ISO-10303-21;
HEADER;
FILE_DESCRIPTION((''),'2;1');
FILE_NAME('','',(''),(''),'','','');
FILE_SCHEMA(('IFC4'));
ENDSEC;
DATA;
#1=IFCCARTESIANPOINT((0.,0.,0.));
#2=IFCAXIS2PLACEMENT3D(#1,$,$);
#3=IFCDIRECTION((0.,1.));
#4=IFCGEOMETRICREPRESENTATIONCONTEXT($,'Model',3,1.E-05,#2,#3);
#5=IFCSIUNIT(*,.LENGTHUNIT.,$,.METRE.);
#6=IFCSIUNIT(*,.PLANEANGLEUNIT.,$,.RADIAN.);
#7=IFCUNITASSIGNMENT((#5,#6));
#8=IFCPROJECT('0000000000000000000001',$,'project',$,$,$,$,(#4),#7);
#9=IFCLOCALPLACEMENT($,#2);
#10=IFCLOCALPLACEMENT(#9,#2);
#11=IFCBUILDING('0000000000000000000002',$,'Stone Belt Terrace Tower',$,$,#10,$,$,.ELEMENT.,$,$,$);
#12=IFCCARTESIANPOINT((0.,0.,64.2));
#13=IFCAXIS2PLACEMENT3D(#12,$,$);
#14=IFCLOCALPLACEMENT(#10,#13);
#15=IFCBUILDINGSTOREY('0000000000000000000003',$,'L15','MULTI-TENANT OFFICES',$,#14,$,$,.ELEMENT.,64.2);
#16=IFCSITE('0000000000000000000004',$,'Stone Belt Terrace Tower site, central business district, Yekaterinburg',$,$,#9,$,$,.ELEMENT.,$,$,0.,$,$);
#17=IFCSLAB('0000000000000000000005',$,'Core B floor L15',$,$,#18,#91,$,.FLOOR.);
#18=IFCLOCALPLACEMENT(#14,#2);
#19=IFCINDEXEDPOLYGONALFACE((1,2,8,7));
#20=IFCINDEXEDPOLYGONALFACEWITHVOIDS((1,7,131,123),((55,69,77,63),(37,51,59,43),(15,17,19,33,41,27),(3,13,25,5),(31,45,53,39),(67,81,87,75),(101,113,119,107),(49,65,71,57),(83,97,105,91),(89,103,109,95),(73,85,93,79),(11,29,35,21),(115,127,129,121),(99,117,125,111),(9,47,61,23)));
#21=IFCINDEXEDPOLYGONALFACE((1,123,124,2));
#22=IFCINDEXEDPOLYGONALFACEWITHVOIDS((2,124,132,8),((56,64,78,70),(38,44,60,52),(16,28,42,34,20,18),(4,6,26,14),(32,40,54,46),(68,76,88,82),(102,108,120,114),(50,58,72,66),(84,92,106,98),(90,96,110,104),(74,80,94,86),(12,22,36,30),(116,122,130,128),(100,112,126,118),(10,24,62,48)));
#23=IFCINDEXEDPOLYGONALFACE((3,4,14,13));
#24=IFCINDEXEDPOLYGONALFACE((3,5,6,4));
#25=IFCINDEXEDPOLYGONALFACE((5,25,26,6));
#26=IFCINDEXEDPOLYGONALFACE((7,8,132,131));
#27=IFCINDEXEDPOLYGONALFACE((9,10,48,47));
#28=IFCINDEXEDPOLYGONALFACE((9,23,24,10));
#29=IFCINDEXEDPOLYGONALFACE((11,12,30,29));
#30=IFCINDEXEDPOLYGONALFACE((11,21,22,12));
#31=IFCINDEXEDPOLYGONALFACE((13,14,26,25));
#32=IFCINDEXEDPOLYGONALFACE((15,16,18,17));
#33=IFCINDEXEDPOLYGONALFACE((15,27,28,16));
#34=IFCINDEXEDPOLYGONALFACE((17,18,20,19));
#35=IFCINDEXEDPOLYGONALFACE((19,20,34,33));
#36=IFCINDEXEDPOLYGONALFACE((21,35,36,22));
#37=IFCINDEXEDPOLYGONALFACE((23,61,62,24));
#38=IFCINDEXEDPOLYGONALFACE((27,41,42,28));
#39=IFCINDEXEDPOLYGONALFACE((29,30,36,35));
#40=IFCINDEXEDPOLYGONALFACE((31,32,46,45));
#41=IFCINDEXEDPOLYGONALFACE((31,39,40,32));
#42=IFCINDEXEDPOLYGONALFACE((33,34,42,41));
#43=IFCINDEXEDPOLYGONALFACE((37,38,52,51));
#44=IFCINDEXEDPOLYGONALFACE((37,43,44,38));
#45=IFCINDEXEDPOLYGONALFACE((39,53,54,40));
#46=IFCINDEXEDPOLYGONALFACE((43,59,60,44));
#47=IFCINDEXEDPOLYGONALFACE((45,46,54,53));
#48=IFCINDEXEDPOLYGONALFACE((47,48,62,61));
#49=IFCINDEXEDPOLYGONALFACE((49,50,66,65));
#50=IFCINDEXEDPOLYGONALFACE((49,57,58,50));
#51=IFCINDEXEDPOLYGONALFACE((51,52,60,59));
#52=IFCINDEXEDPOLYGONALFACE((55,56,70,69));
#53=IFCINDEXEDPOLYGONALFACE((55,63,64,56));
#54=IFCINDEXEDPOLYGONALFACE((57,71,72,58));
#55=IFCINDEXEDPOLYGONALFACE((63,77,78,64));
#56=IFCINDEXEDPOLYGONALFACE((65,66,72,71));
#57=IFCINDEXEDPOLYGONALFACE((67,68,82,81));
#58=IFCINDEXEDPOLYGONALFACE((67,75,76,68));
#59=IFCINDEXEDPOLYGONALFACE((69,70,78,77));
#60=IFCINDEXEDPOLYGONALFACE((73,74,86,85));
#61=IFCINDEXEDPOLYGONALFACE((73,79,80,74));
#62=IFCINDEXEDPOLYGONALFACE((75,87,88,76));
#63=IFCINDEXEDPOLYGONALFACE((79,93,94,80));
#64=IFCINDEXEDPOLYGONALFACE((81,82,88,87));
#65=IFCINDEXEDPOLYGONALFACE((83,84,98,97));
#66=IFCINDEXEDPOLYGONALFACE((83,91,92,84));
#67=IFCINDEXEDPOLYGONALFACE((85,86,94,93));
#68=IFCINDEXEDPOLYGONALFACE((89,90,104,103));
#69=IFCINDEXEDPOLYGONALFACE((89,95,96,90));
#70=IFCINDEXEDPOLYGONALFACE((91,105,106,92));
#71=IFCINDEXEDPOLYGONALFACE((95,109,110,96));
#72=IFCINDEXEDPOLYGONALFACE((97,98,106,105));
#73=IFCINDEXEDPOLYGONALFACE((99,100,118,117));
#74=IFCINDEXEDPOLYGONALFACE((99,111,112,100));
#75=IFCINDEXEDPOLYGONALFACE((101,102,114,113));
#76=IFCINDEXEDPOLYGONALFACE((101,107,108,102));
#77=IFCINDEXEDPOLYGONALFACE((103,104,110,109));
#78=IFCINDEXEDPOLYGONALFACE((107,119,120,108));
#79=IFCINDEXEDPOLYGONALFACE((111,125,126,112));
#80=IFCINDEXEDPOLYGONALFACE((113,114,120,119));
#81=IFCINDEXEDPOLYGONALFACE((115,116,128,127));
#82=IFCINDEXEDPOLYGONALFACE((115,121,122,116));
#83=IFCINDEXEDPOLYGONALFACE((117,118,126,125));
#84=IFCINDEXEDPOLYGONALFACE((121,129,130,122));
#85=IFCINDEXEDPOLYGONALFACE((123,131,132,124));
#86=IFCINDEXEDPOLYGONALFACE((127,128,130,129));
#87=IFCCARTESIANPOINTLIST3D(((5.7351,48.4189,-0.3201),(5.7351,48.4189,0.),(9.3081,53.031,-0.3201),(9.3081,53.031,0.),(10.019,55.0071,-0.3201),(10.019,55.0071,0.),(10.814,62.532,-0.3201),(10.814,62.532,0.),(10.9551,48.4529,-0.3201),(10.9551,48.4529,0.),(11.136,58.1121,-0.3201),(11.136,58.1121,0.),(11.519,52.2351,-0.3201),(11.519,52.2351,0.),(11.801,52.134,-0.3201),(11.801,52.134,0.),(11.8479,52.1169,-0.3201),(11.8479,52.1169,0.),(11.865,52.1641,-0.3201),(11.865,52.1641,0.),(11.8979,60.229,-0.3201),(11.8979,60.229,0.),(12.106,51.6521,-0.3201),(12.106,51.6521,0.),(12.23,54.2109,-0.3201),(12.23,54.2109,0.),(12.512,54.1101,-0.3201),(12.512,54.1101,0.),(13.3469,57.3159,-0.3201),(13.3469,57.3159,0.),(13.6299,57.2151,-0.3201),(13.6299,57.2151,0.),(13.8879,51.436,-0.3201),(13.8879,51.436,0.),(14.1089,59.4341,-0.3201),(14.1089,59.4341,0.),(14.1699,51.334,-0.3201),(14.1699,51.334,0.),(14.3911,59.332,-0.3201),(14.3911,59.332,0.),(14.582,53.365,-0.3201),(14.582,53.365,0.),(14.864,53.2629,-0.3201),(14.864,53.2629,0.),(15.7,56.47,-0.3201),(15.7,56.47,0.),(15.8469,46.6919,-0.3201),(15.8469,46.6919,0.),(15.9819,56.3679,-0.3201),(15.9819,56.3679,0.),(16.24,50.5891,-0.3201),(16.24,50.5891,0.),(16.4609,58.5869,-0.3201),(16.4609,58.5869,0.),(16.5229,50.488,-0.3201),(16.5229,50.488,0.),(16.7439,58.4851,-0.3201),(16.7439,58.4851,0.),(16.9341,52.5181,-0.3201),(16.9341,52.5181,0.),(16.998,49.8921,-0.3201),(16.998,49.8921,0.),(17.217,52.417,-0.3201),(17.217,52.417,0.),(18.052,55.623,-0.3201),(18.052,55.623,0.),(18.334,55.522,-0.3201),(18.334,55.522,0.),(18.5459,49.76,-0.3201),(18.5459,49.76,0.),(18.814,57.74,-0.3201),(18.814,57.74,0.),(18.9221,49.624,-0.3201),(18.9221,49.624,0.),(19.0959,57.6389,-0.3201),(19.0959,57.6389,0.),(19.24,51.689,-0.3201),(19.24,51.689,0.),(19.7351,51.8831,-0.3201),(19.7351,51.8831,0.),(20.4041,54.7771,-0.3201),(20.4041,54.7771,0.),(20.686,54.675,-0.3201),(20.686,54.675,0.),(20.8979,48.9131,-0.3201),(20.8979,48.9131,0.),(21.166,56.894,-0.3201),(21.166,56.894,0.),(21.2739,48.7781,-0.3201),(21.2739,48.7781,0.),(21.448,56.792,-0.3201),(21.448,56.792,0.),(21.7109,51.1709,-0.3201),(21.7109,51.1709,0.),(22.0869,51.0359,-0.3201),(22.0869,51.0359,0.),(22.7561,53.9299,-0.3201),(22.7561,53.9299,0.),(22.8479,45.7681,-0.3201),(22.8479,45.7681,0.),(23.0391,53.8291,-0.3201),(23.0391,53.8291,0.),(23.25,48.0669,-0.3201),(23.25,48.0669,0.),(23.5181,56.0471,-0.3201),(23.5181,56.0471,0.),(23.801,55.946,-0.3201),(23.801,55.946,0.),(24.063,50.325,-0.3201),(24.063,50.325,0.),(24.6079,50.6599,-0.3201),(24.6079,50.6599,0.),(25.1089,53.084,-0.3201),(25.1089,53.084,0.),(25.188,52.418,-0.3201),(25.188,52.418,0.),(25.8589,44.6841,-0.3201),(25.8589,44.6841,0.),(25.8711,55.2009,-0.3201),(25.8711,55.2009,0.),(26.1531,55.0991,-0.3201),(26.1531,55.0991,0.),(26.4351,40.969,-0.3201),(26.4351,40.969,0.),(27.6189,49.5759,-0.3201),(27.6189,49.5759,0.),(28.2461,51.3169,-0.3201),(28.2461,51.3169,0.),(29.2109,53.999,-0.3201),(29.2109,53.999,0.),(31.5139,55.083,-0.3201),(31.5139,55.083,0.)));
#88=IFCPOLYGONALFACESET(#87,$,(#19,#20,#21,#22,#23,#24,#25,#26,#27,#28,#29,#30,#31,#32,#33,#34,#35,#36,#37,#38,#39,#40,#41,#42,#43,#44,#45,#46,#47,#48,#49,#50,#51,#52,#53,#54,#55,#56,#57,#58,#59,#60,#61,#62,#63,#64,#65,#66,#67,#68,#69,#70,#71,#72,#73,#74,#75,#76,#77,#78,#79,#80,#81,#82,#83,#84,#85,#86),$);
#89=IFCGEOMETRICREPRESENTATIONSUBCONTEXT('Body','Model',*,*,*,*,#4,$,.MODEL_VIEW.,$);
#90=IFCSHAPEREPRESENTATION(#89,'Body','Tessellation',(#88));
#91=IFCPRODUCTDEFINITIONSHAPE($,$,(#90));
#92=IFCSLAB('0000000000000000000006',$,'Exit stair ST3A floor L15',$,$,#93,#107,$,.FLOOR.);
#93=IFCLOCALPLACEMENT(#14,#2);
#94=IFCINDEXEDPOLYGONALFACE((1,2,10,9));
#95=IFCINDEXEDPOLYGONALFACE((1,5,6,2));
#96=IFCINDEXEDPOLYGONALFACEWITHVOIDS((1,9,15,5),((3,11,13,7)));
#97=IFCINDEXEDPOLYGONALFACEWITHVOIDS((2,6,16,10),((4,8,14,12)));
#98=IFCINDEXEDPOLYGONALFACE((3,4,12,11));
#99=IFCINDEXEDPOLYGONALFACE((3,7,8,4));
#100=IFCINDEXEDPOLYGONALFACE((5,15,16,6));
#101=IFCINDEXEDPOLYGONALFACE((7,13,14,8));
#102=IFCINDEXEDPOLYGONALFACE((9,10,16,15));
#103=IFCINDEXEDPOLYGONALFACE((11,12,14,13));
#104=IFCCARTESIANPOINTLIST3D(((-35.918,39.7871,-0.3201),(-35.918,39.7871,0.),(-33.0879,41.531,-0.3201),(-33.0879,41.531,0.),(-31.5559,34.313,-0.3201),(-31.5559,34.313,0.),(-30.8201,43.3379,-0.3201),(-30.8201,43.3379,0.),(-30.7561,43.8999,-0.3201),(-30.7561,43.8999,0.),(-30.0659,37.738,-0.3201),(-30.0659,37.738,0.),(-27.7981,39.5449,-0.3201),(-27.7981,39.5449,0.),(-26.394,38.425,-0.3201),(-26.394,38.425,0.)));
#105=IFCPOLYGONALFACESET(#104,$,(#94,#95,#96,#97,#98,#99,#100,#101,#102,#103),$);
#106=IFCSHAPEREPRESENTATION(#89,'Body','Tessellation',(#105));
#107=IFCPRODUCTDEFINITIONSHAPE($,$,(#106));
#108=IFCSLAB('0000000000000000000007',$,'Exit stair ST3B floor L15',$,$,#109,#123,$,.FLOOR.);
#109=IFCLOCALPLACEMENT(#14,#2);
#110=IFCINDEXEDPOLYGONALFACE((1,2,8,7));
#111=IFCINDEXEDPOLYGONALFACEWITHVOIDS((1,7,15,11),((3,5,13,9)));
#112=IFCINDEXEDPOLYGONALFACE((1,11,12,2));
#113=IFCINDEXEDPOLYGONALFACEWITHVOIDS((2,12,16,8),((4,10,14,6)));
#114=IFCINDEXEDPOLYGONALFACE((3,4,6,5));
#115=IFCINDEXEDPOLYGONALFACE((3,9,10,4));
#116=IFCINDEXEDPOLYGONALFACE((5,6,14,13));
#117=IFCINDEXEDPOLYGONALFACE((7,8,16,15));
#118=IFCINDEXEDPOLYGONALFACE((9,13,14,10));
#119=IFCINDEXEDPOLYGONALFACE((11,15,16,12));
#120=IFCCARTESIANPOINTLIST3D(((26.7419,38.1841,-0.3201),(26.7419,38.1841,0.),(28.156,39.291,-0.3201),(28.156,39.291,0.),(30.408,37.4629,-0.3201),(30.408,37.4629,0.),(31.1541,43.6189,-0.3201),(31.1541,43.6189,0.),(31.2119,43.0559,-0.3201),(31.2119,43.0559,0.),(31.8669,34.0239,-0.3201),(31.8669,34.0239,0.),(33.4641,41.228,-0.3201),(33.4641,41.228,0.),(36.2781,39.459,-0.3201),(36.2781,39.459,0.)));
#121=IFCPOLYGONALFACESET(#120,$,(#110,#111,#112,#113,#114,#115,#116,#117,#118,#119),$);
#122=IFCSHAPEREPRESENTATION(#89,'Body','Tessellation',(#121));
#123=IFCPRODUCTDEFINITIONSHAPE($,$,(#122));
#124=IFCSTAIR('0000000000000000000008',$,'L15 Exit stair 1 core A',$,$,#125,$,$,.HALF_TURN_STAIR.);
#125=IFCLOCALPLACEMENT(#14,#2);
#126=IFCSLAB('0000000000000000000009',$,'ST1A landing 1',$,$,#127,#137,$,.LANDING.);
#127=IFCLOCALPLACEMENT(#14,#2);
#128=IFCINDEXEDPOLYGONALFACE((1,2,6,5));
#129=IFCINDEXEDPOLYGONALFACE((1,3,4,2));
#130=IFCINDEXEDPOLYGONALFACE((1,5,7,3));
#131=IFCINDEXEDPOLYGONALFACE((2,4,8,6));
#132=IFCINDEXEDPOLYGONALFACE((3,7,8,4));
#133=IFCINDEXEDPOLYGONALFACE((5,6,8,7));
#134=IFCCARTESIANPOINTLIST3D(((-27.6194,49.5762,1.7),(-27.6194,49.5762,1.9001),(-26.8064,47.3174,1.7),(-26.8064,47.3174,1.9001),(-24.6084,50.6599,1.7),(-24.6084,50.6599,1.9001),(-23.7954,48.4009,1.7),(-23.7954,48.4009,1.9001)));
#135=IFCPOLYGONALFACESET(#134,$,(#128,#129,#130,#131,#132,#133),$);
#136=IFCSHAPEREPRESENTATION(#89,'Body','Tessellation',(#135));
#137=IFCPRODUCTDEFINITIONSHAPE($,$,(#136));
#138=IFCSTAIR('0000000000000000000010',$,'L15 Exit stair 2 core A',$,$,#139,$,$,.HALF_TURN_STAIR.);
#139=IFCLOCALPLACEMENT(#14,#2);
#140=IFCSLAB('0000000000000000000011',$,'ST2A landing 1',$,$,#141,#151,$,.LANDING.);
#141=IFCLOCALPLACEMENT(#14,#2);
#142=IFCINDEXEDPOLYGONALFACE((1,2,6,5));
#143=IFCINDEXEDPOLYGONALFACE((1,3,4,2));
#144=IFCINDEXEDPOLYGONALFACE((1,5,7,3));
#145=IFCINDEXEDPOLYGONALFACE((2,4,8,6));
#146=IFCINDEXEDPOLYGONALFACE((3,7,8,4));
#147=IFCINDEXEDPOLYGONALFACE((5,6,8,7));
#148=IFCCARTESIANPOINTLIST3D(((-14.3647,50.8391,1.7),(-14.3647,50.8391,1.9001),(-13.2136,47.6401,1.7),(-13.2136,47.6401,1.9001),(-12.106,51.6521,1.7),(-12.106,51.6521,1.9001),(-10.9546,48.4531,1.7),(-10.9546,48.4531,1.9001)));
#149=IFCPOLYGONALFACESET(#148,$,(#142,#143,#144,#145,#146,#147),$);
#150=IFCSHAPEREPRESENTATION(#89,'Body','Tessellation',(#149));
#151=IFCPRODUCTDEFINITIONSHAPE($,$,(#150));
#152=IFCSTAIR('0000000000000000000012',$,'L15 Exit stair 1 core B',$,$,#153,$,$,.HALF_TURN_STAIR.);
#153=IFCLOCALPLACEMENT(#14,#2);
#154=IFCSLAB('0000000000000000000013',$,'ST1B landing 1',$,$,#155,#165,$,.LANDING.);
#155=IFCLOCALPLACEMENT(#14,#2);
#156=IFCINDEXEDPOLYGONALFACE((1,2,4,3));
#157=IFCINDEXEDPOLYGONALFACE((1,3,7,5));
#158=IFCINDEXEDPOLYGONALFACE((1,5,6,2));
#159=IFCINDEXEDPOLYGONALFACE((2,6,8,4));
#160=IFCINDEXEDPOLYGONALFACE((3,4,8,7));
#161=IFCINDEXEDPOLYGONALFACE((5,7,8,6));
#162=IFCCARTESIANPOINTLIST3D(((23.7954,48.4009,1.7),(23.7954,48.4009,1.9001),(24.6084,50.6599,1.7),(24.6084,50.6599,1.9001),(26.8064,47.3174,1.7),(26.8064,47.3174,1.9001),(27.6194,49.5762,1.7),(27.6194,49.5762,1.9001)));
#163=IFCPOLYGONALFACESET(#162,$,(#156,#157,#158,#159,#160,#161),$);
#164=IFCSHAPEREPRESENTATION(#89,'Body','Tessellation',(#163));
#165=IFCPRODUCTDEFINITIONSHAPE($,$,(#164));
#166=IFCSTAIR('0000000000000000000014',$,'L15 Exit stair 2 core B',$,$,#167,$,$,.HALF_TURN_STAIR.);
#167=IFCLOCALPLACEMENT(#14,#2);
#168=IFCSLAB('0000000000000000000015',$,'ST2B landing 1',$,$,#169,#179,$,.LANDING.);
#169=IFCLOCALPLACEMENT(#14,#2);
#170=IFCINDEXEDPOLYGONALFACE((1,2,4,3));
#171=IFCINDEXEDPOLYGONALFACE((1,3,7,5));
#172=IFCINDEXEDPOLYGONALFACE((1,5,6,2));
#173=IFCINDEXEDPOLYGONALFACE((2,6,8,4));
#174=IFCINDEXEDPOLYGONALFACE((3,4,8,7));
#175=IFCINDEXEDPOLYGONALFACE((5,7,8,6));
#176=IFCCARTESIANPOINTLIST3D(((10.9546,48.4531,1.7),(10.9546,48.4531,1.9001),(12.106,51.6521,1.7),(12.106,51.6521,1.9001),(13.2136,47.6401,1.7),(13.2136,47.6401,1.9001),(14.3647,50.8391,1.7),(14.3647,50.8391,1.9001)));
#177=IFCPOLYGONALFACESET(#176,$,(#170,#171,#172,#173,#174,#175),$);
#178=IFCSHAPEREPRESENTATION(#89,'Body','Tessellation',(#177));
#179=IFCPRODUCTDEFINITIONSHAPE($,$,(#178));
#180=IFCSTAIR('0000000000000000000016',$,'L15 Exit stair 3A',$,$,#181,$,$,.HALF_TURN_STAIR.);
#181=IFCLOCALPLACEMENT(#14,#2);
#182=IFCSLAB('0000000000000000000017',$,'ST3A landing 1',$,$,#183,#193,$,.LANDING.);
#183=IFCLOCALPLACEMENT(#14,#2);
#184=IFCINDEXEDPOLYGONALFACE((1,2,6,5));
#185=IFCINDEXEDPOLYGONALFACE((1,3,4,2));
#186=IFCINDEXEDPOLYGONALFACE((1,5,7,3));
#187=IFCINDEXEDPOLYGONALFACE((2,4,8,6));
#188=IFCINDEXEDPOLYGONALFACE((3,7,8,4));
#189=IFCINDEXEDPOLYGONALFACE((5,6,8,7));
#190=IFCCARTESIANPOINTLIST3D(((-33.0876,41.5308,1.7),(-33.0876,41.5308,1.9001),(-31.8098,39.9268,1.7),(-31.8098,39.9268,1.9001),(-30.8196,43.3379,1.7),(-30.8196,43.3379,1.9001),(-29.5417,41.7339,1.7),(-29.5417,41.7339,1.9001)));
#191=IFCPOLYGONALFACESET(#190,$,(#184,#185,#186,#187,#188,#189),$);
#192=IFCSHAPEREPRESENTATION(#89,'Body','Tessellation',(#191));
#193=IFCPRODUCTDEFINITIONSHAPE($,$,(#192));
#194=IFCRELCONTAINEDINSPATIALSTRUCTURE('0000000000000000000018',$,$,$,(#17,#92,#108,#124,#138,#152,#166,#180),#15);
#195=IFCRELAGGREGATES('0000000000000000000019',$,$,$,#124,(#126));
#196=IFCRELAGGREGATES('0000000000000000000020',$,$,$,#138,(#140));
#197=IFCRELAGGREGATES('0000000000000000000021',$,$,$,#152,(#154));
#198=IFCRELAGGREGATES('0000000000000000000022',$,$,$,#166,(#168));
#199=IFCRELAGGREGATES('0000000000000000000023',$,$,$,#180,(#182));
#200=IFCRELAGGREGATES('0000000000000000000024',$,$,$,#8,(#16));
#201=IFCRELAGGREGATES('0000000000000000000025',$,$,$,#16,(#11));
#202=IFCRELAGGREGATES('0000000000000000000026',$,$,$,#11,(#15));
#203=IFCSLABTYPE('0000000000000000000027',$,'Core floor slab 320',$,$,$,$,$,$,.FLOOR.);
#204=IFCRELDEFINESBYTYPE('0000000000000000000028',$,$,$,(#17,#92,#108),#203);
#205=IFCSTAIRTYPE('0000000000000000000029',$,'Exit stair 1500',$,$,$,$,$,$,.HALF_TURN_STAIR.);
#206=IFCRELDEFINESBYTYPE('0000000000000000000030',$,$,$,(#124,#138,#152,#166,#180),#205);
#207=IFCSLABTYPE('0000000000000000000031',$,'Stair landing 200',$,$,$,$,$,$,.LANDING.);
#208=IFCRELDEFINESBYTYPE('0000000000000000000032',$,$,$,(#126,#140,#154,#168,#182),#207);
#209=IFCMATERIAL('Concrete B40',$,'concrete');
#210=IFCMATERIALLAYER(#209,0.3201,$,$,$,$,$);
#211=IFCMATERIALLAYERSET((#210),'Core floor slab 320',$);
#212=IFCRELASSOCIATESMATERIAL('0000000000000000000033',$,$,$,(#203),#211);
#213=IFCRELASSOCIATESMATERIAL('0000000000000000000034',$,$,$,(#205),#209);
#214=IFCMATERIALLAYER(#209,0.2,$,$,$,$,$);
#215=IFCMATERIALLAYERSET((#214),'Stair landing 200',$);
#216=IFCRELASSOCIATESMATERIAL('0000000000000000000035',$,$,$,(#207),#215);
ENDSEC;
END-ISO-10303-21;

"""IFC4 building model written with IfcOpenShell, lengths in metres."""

from ifc_helpers import new_model, si_unit, direction, frame, origin, place, context, subcontext, project, spatial, polyline, outline, extrude, material, layer, layer_set, type_object, element, aggregate, save


model = new_model("IFC4")

# Units and contexts
model_context = context("Model", 3, precision=1e-05, world=origin(), true_north=direction((0.0, 1.0)))
body_context = subcontext(model_context, "Body", "Model", "MODEL_VIEW")
ifc_project = project(units=[si_unit("LENGTHUNIT", "METRE"), si_unit("PLANEANGLEUNIT", "RADIAN")], contexts=[model_context])

# Site, building, storey
site_placement = place(None, origin())
site = spatial("IfcSite", under=ifc_project, at=site_placement, Name="Stone Belt Terrace Tower site, central business district, Yekaterinburg", CompositionType="ELEMENT", RefElevation=0.0)
building_placement = place(site_placement, origin())
building = spatial("IfcBuilding", under=site, at=building_placement, Name="Stone Belt Terrace Tower", CompositionType="ELEMENT")
storey_placement = place(building_placement, frame((0.0, 0.0, 64.2)))
storey = spatial("IfcBuildingStorey", under=building, at=storey_placement, Name="L15", Description="MULTI-TENANT OFFICES", CompositionType="ELEMENT", Elevation=64.2)

# Slabs
ifc_material_1 = material(Name="Concrete B40", Category="concrete")
ifc_layer_1 = layer(ifc_material_1, 0.3201)
ifc_layer_set_1 = layer_set([ifc_layer_1], Name="Core floor slab 320")
slab_type_1 = type_object("IfcSlabType", Name="Core floor slab 320", PredefinedType="FLOOR", material=ifc_layer_set_1)
slab_1_placement = place(storey_placement, frame((0.0, 0.0, -0.3201)))
element("IfcSlab", 1, at=slab_1_placement, inside=storey, type_object=slab_type_1, Name="Core B floor L15", PredefinedType="FLOOR", context=body_context, shape_type="SweptSolid", body=[
    extrude(outline(polyline([(26.4351, 40.969), (31.5139, 55.083), (10.814, 62.532), (5.7351, 48.4189), (26.4351, 40.969)]), holes=[polyline([(12.106, 51.6521), (16.998, 49.8921), (15.8469, 46.6919), (10.9551, 48.4529), (12.106, 51.6521)]), polyline([(19.24, 51.689), (18.5459, 49.76), (16.5229, 50.488), (17.217, 52.417), (19.24, 51.689)]), polyline([(16.24, 50.5891), (14.1699, 51.334), (14.864, 53.2629), (16.9341, 52.5181), (16.24, 50.5891)]), polyline([(14.582, 53.365), (13.8879, 51.436), (11.865, 52.1641), (11.8479, 52.1169), (11.801, 52.134), (12.512, 54.1101), (14.582, 53.365)]), polyline([(9.3081, 53.031), (10.019, 55.0071), (12.23, 54.2109), (11.519, 52.2351), (9.3081, 53.031)]), polyline([(16.7439, 58.4851), (18.814, 57.74), (18.052, 55.623), (15.9819, 56.3679), (16.7439, 58.4851)]), polyline([(14.3911, 59.332), (16.4609, 58.5869), (15.7, 56.47), (13.6299, 57.2151), (14.3911, 59.332)]), polyline([(11.8979, 60.229), (14.1089, 59.4341), (13.3469, 57.3159), (11.136, 58.1121), (11.8979, 60.229)]), polyline([(25.8589, 44.6841), (22.8479, 45.7681), (24.6079, 50.6599), (27.6189, 49.5759), (25.8589, 44.6841)]), polyline([(21.2739, 48.7781), (22.0869, 51.0359), (24.063, 50.325), (23.25, 48.0669), (21.2739, 48.7781)]), polyline([(18.9221, 49.624), (19.7351, 51.8831), (21.7109, 51.1709), (20.8979, 48.9131), (18.9221, 49.624)]), polyline([(29.2109, 53.999), (28.2461, 51.3169), (25.188, 52.418), (26.1531, 55.0991), (29.2109, 53.999)]), polyline([(23.801, 55.946), (25.8711, 55.2009), (25.1089, 53.084), (23.0391, 53.8291), (23.801, 55.946)]), polyline([(21.448, 56.792), (23.5181, 56.0471), (22.7561, 53.9299), (20.686, 54.675), (21.448, 56.792)]), polyline([(19.0959, 57.6389), (21.166, 56.894), (20.4041, 54.7771), (18.334, 55.522), (19.0959, 57.6389)])]), origin(), (0.0, 0.0, 1.0), 0.3201),
])
slab_2_placement = place(storey_placement, frame((0.0, 0.0, -0.3201)))
element("IfcSlab", 2, at=slab_2_placement, inside=storey, type_object=slab_type_1, Name="Exit stair ST3A floor L15", PredefinedType="FLOOR", context=body_context, shape_type="SweptSolid", body=[
    extrude(outline(polyline([(-26.394, 38.425), (-30.7561, 43.8999), (-35.918, 39.7871), (-31.5559, 34.313), (-26.394, 38.425)]), holes=[polyline([(-27.7981, 39.5449), (-30.0659, 37.738), (-33.0879, 41.531), (-30.8201, 43.3379), (-27.7981, 39.5449)])]), origin(), (0.0, 0.0, 1.0), 0.3201),
])
slab_3_placement = place(storey_placement, frame((0.0, 0.0, -0.3201)))
element("IfcSlab", 3, at=slab_3_placement, inside=storey, type_object=slab_type_1, Name="Exit stair ST3B floor L15", PredefinedType="FLOOR", context=body_context, shape_type="SweptSolid", body=[
    extrude(outline(polyline([(26.7419, 38.1841), (31.8669, 34.0239), (36.2781, 39.459), (31.1541, 43.6189), (26.7419, 38.1841)]), holes=[polyline([(30.408, 37.4629), (28.156, 39.291), (31.2119, 43.0559), (33.4641, 41.228), (30.408, 37.4629)])]), origin(), (0.0, 0.0, 1.0), 0.3201),
])

# Stairs, slabs
stair_type = type_object("IfcStairType", Name="Exit stair 1500", PredefinedType="HALF_TURN_STAIR", material=ifc_material_1)
stair_1_placement = place(storey_placement, origin())
stair_1 = element("IfcStair", 4, at=stair_1_placement, inside=storey, type_object=stair_type, Name="L15 Exit stair 1 core A", PredefinedType="HALF_TURN_STAIR")
ifc_layer_2 = layer(ifc_material_1, 0.2)
ifc_layer_set_2 = layer_set([ifc_layer_2], Name="Stair landing 200")
slab_type_2 = type_object("IfcSlabType", Name="Stair landing 200", PredefinedType="LANDING", material=ifc_layer_set_2)
slab_4_placement = place(storey_placement, frame((0.0, 0.0, 1.7)))
slab_4 = element("IfcSlab", 5, at=slab_4_placement, type_object=slab_type_2, Name="ST1A landing 1", PredefinedType="LANDING", context=body_context, shape_type="SweptSolid", body=[
    extrude(outline(polyline([(-23.7954, 48.4009), (-24.6084, 50.6599), (-27.6194, 49.5762), (-26.8064, 47.3174), (-23.7954, 48.4009)])), origin(), (0.0, 0.0, 1.0), 0.2002),
])
aggregate(stair_1, [slab_4])
stair_2_placement = place(storey_placement, origin())
stair_2 = element("IfcStair", 6, at=stair_2_placement, inside=storey, type_object=stair_type, Name="L15 Exit stair 2 core A", PredefinedType="HALF_TURN_STAIR")
slab_5_placement = place(storey_placement, frame((0.0, 0.0, 1.7)))
slab_5 = element("IfcSlab", 7, at=slab_5_placement, type_object=slab_type_2, Name="ST2A landing 1", PredefinedType="LANDING", context=body_context, shape_type="SweptSolid", body=[
    extrude(outline(polyline([(-13.2136, 47.6401), (-10.9546, 48.4531), (-12.106, 51.6521), (-14.3647, 50.8391), (-13.2136, 47.6401)])), origin(), (0.0, 0.0, 1.0), 0.2002),
])
aggregate(stair_2, [slab_5])
stair_3_placement = place(storey_placement, origin())
stair_3 = element("IfcStair", 8, at=stair_3_placement, inside=storey, type_object=stair_type, Name="L15 Exit stair 1 core B", PredefinedType="HALF_TURN_STAIR")
slab_6_placement = place(storey_placement, frame((0.0, 0.0, 1.7)))
slab_6 = element("IfcSlab", 9, at=slab_6_placement, type_object=slab_type_2, Name="ST1B landing 1", PredefinedType="LANDING", context=body_context, shape_type="SweptSolid", body=[
    extrude(outline(polyline([(26.8064, 47.3174), (27.6194, 49.5762), (24.6084, 50.6599), (23.7954, 48.4009), (26.8064, 47.3174)])), origin(), (0.0, 0.0, 1.0), 0.2002),
])
aggregate(stair_3, [slab_6])
stair_4_placement = place(storey_placement, origin())
stair_4 = element("IfcStair", 10, at=stair_4_placement, inside=storey, type_object=stair_type, Name="L15 Exit stair 2 core B", PredefinedType="HALF_TURN_STAIR")
slab_7_placement = place(storey_placement, frame((0.0, 0.0, 1.7)))
slab_7 = element("IfcSlab", 11, at=slab_7_placement, type_object=slab_type_2, Name="ST2B landing 1", PredefinedType="LANDING", context=body_context, shape_type="SweptSolid", body=[
    extrude(outline(polyline([(14.3647, 50.8391), (12.106, 51.6521), (10.9546, 48.4531), (13.2136, 47.6401), (14.3647, 50.8391)])), origin(), (0.0, 0.0, 1.0), 0.2002),
])
aggregate(stair_4, [slab_7])
stair_5_placement = place(storey_placement, origin())
stair_5 = element("IfcStair", 12, at=stair_5_placement, inside=storey, type_object=stair_type, Name="L15 Exit stair 3A", PredefinedType="HALF_TURN_STAIR")
slab_8_placement = place(storey_placement, frame((0.0, 0.0, 1.7)))
slab_8 = element("IfcSlab", 13, at=slab_8_placement, type_object=slab_type_2, Name="ST3A landing 1", PredefinedType="LANDING", context=body_context, shape_type="SweptSolid", body=[
    extrude(outline(polyline([(-29.5417, 41.7339), (-30.8196, 43.3379), (-33.0876, 41.5308), (-31.8098, 39.9268), (-29.5417, 41.7339)])), origin(), (0.0, 0.0, 1.0), 0.2002),
])
aggregate(stair_5, [slab_8])

save(model, "model.ifc")
